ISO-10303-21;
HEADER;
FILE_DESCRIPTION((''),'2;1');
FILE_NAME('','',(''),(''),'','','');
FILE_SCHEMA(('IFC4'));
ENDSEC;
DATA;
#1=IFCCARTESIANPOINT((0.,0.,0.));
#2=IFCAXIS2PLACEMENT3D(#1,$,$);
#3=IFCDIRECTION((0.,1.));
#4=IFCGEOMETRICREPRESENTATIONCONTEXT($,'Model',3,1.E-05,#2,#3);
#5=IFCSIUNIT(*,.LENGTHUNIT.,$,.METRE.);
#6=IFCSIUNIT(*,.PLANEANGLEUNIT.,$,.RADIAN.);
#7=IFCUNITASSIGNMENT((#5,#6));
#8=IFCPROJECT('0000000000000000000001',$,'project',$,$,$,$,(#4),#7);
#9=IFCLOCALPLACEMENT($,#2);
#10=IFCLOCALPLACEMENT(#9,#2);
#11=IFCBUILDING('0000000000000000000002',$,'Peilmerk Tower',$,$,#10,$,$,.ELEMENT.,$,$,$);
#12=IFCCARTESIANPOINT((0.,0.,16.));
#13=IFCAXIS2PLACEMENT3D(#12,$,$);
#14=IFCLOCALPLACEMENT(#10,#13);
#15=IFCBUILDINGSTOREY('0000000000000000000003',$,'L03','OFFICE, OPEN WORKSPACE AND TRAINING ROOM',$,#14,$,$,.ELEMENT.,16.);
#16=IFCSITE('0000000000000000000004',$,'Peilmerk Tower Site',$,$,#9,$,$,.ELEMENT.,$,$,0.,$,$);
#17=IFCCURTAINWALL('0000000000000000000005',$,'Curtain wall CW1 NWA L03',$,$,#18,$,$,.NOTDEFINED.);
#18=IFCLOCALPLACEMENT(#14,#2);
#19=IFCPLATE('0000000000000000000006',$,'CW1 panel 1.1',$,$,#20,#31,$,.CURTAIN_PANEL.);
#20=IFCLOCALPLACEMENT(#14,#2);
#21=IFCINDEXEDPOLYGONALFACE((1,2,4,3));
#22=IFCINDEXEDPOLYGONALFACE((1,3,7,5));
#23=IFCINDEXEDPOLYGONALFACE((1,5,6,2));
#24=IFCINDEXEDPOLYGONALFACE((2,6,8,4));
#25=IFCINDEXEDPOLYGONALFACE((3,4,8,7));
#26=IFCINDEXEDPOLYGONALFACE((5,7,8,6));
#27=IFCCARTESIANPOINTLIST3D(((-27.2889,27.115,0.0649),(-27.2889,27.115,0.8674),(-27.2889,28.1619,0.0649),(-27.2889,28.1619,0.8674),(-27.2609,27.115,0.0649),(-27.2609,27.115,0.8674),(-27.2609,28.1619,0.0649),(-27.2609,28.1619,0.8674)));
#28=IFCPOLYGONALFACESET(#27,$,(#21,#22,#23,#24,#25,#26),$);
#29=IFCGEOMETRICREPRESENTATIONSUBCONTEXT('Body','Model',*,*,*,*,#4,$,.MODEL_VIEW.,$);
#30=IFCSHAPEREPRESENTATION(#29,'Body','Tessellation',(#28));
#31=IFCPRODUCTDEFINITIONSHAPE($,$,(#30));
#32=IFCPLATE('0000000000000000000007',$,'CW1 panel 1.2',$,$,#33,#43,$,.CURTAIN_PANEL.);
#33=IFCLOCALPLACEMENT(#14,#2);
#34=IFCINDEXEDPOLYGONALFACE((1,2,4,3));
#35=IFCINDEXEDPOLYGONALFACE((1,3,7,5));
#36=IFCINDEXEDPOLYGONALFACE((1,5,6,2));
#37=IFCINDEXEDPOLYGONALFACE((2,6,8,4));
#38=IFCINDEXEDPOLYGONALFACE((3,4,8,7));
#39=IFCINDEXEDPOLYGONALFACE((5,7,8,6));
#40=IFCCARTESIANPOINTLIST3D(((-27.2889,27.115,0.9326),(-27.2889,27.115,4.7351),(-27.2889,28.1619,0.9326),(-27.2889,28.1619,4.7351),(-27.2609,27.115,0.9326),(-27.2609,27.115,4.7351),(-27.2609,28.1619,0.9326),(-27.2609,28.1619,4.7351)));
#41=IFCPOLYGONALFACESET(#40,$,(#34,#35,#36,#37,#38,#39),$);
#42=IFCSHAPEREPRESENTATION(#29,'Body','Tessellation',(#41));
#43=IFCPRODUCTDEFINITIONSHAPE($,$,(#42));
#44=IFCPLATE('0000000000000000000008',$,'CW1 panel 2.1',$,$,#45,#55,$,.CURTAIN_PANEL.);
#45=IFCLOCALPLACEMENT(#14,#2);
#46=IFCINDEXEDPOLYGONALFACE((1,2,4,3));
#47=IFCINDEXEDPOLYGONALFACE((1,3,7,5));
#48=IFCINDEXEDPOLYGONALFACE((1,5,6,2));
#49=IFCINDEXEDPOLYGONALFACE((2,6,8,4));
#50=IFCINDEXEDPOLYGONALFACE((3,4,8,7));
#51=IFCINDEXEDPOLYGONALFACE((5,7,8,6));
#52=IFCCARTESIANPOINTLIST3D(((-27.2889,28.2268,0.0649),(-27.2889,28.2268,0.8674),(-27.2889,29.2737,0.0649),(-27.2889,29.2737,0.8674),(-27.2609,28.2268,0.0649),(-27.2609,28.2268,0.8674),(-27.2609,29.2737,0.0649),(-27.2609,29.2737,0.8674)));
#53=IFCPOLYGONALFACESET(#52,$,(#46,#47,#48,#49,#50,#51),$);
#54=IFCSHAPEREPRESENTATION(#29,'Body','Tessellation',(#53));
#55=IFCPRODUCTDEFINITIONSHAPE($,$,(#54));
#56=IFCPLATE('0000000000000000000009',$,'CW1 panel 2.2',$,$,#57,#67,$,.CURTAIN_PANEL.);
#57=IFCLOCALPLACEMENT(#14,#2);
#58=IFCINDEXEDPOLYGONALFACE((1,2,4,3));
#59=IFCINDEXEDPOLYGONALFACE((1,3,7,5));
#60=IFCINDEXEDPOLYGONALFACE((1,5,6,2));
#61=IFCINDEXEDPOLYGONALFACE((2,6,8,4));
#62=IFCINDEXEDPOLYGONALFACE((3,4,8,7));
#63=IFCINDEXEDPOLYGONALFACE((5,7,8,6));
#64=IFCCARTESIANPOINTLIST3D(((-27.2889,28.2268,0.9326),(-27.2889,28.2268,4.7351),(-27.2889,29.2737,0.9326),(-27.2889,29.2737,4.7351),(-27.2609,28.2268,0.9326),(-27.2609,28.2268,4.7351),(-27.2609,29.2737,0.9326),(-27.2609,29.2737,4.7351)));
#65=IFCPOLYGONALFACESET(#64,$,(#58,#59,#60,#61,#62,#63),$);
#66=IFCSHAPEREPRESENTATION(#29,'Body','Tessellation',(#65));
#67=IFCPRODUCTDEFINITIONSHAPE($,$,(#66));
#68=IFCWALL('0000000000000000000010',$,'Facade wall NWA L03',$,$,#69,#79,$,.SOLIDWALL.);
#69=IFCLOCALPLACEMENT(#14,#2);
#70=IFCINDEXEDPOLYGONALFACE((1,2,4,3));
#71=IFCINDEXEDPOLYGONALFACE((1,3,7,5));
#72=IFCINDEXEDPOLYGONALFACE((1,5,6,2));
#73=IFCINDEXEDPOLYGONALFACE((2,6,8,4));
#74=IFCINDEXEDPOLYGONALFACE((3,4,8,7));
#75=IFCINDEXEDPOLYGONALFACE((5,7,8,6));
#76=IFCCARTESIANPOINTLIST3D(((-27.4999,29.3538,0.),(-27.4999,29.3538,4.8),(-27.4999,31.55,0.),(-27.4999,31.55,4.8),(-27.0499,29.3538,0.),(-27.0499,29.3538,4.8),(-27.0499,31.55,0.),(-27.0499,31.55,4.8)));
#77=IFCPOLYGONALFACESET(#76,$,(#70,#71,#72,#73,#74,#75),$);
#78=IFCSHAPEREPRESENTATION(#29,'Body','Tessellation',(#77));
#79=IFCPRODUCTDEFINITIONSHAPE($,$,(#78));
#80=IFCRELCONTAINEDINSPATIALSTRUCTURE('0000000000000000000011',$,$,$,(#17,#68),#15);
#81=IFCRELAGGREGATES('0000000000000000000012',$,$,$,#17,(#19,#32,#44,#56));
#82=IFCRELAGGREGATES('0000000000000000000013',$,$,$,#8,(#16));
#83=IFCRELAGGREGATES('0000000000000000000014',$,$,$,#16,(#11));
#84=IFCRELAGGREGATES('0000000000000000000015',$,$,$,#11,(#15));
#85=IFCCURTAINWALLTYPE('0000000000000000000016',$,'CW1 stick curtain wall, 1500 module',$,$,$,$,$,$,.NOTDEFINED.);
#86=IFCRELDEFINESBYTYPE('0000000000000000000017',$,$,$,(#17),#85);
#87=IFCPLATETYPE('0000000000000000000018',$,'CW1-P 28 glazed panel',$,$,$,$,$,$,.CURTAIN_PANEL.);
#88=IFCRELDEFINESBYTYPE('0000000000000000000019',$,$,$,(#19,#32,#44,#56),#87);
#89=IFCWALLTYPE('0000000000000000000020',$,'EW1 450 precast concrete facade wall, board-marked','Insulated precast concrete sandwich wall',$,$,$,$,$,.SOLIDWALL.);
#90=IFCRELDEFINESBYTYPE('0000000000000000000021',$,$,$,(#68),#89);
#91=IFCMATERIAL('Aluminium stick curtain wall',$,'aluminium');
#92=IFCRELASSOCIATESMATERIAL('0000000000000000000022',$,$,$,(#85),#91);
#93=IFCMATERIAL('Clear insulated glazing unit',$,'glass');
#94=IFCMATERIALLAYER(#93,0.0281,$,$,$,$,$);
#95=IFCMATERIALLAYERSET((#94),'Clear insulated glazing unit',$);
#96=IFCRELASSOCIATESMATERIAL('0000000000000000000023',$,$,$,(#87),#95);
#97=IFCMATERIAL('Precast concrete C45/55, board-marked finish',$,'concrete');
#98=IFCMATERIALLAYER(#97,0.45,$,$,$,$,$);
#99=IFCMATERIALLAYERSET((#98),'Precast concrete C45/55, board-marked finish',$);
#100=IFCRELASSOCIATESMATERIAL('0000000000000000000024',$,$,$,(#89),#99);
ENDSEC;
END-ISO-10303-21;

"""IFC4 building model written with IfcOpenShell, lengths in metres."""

from ifc_helpers import new_model, si_unit, direction, frame, frame_2d, origin, origin_2d, place, context, subcontext, project, spatial, rectangle, extrude, material, layer, layer_set, type_object, element, aggregate, save


model = new_model("IFC4")

# Units and contexts
model_context = context("Model", 3, precision=1e-05, world=origin(), true_north=direction((0.0, 1.0)))
body_context = subcontext(model_context, "Body", "Model", "MODEL_VIEW")
ifc_project = project(units=[si_unit("LENGTHUNIT", "METRE"), si_unit("PLANEANGLEUNIT", "RADIAN")], contexts=[model_context])

# Site, building, storey
site_placement = place(None, origin())
site = spatial("IfcSite", under=ifc_project, at=site_placement, Name="Peilmerk Tower Site", CompositionType="ELEMENT", RefElevation=0.0)
building_placement = place(site_placement, origin())
building = spatial("IfcBuilding", under=site, at=building_placement, Name="Peilmerk Tower", CompositionType="ELEMENT")
storey_placement = place(building_placement, frame((0.0, 0.0, 16.0)))
storey = spatial("IfcBuildingStorey", under=building, at=storey_placement, Name="L03", Description="OFFICE, OPEN WORKSPACE AND TRAINING ROOM", CompositionType="ELEMENT", Elevation=16.0)

# Curtain wall
ifc_material_1 = material(Name="Aluminium stick curtain wall", Category="aluminium")
curtain_wall_type = type_object("IfcCurtainWallType", Name="CW1 stick curtain wall, 1500 module", PredefinedType="NOTDEFINED", material=ifc_material_1)
curtain_wall_1_placement = place(storey_placement, origin())
curtain_wall_1 = element("IfcCurtainWall", 1, at=curtain_wall_1_placement, inside=storey, type_object=curtain_wall_type, Name="Curtain wall CW1 NWA L03", PredefinedType="NOTDEFINED")

# Plates
ifc_material_2 = material(Name="Clear insulated glazing unit", Category="glass")
ifc_layer_1 = layer(ifc_material_2, 0.0281)
ifc_layer_set_1 = layer_set([ifc_layer_1], Name="Clear insulated glazing unit")
plate_type = type_object("IfcPlateType", Name="CW1-P 28 glazed panel", PredefinedType="CURTAIN_PANEL", material=ifc_layer_set_1)
plate_1_placement = place(storey_placement, frame((-27.2749, 27.6384, 0.0649), z_axis=(0.0, 0.0, 1.0), x_axis=(0.0, 1.0, 0.0)))
plate_1 = element("IfcPlate", 2, at=plate_1_placement, type_object=plate_type, Name="CW1 panel 1.1", PredefinedType="CURTAIN_PANEL", context=body_context, shape_type="SweptSolid", body=[
    extrude(rectangle(XDim=1.0469, YDim=0.0281, at=origin_2d()), origin(), (0.0, 0.0, 1.0), 0.8025),
])
plate_2_placement = place(storey_placement, frame((-27.2749, 27.6384, 0.9326), z_axis=(0.0, 0.0, 1.0), x_axis=(0.0, 1.0, 0.0)))
plate_2 = element("IfcPlate", 3, at=plate_2_placement, type_object=plate_type, Name="CW1 panel 1.2", PredefinedType="CURTAIN_PANEL", context=body_context, shape_type="SweptSolid", body=[
    extrude(rectangle(XDim=1.0469, YDim=0.0281, at=origin_2d()), origin(), (0.0, 0.0, 1.0), 3.8025),
])
plate_3_placement = place(storey_placement, frame((-27.2749, 28.7502, 0.0649), z_axis=(0.0, 0.0, 1.0), x_axis=(0.0, 1.0, 0.0)))
plate_3 = element("IfcPlate", 4, at=plate_3_placement, type_object=plate_type, Name="CW1 panel 2.1", PredefinedType="CURTAIN_PANEL", context=body_context, shape_type="SweptSolid", body=[
    extrude(rectangle(XDim=1.0469, YDim=0.0281, at=origin_2d()), origin(), (0.0, 0.0, 1.0), 0.8025),
])
plate_4_placement = place(storey_placement, frame((-27.2749, 28.7502, 0.9326), z_axis=(0.0, 0.0, 1.0), x_axis=(0.0, 1.0, 0.0)))
plate_4 = element("IfcPlate", 5, at=plate_4_placement, type_object=plate_type, Name="CW1 panel 2.2", PredefinedType="CURTAIN_PANEL", context=body_context, shape_type="SweptSolid", body=[
    extrude(rectangle(XDim=1.0469, YDim=0.0281, at=origin_2d()), origin(), (0.0, 0.0, 1.0), 3.8025),
])
aggregate(curtain_wall_1, [plate_1, plate_2, plate_3, plate_4])

# Wall
ifc_material_3 = material(Name="Precast concrete C45/55, board-marked finish", Category="concrete")
ifc_layer_2 = layer(ifc_material_3, 0.45)
ifc_layer_set_2 = layer_set([ifc_layer_2], Name="Precast concrete C45/55, board-marked finish")
wall_type = type_object("IfcWallType", Name="EW1 450 precast concrete facade wall, board-marked", Description="Insulated precast concrete sandwich wall", PredefinedType="SOLIDWALL", material=ifc_layer_set_2)
wall_placement = place(storey_placement, frame((-27.2749, 29.3538, 0.0), z_axis=(0.0, 0.0, 1.0), x_axis=(0.0, 1.0, 0.0)))
element("IfcWall", 6, at=wall_placement, inside=storey, type_object=wall_type, Name="Facade wall NWA L03", PredefinedType="SOLIDWALL", context=body_context, shape_type="SweptSolid", body=[
    extrude(rectangle(XDim=2.1963, YDim=0.45, at=frame_2d((1.0981, 0.0))), origin(), (0.0, 0.0, 1.0), 4.8),
])

save(model, "model.ifc")
